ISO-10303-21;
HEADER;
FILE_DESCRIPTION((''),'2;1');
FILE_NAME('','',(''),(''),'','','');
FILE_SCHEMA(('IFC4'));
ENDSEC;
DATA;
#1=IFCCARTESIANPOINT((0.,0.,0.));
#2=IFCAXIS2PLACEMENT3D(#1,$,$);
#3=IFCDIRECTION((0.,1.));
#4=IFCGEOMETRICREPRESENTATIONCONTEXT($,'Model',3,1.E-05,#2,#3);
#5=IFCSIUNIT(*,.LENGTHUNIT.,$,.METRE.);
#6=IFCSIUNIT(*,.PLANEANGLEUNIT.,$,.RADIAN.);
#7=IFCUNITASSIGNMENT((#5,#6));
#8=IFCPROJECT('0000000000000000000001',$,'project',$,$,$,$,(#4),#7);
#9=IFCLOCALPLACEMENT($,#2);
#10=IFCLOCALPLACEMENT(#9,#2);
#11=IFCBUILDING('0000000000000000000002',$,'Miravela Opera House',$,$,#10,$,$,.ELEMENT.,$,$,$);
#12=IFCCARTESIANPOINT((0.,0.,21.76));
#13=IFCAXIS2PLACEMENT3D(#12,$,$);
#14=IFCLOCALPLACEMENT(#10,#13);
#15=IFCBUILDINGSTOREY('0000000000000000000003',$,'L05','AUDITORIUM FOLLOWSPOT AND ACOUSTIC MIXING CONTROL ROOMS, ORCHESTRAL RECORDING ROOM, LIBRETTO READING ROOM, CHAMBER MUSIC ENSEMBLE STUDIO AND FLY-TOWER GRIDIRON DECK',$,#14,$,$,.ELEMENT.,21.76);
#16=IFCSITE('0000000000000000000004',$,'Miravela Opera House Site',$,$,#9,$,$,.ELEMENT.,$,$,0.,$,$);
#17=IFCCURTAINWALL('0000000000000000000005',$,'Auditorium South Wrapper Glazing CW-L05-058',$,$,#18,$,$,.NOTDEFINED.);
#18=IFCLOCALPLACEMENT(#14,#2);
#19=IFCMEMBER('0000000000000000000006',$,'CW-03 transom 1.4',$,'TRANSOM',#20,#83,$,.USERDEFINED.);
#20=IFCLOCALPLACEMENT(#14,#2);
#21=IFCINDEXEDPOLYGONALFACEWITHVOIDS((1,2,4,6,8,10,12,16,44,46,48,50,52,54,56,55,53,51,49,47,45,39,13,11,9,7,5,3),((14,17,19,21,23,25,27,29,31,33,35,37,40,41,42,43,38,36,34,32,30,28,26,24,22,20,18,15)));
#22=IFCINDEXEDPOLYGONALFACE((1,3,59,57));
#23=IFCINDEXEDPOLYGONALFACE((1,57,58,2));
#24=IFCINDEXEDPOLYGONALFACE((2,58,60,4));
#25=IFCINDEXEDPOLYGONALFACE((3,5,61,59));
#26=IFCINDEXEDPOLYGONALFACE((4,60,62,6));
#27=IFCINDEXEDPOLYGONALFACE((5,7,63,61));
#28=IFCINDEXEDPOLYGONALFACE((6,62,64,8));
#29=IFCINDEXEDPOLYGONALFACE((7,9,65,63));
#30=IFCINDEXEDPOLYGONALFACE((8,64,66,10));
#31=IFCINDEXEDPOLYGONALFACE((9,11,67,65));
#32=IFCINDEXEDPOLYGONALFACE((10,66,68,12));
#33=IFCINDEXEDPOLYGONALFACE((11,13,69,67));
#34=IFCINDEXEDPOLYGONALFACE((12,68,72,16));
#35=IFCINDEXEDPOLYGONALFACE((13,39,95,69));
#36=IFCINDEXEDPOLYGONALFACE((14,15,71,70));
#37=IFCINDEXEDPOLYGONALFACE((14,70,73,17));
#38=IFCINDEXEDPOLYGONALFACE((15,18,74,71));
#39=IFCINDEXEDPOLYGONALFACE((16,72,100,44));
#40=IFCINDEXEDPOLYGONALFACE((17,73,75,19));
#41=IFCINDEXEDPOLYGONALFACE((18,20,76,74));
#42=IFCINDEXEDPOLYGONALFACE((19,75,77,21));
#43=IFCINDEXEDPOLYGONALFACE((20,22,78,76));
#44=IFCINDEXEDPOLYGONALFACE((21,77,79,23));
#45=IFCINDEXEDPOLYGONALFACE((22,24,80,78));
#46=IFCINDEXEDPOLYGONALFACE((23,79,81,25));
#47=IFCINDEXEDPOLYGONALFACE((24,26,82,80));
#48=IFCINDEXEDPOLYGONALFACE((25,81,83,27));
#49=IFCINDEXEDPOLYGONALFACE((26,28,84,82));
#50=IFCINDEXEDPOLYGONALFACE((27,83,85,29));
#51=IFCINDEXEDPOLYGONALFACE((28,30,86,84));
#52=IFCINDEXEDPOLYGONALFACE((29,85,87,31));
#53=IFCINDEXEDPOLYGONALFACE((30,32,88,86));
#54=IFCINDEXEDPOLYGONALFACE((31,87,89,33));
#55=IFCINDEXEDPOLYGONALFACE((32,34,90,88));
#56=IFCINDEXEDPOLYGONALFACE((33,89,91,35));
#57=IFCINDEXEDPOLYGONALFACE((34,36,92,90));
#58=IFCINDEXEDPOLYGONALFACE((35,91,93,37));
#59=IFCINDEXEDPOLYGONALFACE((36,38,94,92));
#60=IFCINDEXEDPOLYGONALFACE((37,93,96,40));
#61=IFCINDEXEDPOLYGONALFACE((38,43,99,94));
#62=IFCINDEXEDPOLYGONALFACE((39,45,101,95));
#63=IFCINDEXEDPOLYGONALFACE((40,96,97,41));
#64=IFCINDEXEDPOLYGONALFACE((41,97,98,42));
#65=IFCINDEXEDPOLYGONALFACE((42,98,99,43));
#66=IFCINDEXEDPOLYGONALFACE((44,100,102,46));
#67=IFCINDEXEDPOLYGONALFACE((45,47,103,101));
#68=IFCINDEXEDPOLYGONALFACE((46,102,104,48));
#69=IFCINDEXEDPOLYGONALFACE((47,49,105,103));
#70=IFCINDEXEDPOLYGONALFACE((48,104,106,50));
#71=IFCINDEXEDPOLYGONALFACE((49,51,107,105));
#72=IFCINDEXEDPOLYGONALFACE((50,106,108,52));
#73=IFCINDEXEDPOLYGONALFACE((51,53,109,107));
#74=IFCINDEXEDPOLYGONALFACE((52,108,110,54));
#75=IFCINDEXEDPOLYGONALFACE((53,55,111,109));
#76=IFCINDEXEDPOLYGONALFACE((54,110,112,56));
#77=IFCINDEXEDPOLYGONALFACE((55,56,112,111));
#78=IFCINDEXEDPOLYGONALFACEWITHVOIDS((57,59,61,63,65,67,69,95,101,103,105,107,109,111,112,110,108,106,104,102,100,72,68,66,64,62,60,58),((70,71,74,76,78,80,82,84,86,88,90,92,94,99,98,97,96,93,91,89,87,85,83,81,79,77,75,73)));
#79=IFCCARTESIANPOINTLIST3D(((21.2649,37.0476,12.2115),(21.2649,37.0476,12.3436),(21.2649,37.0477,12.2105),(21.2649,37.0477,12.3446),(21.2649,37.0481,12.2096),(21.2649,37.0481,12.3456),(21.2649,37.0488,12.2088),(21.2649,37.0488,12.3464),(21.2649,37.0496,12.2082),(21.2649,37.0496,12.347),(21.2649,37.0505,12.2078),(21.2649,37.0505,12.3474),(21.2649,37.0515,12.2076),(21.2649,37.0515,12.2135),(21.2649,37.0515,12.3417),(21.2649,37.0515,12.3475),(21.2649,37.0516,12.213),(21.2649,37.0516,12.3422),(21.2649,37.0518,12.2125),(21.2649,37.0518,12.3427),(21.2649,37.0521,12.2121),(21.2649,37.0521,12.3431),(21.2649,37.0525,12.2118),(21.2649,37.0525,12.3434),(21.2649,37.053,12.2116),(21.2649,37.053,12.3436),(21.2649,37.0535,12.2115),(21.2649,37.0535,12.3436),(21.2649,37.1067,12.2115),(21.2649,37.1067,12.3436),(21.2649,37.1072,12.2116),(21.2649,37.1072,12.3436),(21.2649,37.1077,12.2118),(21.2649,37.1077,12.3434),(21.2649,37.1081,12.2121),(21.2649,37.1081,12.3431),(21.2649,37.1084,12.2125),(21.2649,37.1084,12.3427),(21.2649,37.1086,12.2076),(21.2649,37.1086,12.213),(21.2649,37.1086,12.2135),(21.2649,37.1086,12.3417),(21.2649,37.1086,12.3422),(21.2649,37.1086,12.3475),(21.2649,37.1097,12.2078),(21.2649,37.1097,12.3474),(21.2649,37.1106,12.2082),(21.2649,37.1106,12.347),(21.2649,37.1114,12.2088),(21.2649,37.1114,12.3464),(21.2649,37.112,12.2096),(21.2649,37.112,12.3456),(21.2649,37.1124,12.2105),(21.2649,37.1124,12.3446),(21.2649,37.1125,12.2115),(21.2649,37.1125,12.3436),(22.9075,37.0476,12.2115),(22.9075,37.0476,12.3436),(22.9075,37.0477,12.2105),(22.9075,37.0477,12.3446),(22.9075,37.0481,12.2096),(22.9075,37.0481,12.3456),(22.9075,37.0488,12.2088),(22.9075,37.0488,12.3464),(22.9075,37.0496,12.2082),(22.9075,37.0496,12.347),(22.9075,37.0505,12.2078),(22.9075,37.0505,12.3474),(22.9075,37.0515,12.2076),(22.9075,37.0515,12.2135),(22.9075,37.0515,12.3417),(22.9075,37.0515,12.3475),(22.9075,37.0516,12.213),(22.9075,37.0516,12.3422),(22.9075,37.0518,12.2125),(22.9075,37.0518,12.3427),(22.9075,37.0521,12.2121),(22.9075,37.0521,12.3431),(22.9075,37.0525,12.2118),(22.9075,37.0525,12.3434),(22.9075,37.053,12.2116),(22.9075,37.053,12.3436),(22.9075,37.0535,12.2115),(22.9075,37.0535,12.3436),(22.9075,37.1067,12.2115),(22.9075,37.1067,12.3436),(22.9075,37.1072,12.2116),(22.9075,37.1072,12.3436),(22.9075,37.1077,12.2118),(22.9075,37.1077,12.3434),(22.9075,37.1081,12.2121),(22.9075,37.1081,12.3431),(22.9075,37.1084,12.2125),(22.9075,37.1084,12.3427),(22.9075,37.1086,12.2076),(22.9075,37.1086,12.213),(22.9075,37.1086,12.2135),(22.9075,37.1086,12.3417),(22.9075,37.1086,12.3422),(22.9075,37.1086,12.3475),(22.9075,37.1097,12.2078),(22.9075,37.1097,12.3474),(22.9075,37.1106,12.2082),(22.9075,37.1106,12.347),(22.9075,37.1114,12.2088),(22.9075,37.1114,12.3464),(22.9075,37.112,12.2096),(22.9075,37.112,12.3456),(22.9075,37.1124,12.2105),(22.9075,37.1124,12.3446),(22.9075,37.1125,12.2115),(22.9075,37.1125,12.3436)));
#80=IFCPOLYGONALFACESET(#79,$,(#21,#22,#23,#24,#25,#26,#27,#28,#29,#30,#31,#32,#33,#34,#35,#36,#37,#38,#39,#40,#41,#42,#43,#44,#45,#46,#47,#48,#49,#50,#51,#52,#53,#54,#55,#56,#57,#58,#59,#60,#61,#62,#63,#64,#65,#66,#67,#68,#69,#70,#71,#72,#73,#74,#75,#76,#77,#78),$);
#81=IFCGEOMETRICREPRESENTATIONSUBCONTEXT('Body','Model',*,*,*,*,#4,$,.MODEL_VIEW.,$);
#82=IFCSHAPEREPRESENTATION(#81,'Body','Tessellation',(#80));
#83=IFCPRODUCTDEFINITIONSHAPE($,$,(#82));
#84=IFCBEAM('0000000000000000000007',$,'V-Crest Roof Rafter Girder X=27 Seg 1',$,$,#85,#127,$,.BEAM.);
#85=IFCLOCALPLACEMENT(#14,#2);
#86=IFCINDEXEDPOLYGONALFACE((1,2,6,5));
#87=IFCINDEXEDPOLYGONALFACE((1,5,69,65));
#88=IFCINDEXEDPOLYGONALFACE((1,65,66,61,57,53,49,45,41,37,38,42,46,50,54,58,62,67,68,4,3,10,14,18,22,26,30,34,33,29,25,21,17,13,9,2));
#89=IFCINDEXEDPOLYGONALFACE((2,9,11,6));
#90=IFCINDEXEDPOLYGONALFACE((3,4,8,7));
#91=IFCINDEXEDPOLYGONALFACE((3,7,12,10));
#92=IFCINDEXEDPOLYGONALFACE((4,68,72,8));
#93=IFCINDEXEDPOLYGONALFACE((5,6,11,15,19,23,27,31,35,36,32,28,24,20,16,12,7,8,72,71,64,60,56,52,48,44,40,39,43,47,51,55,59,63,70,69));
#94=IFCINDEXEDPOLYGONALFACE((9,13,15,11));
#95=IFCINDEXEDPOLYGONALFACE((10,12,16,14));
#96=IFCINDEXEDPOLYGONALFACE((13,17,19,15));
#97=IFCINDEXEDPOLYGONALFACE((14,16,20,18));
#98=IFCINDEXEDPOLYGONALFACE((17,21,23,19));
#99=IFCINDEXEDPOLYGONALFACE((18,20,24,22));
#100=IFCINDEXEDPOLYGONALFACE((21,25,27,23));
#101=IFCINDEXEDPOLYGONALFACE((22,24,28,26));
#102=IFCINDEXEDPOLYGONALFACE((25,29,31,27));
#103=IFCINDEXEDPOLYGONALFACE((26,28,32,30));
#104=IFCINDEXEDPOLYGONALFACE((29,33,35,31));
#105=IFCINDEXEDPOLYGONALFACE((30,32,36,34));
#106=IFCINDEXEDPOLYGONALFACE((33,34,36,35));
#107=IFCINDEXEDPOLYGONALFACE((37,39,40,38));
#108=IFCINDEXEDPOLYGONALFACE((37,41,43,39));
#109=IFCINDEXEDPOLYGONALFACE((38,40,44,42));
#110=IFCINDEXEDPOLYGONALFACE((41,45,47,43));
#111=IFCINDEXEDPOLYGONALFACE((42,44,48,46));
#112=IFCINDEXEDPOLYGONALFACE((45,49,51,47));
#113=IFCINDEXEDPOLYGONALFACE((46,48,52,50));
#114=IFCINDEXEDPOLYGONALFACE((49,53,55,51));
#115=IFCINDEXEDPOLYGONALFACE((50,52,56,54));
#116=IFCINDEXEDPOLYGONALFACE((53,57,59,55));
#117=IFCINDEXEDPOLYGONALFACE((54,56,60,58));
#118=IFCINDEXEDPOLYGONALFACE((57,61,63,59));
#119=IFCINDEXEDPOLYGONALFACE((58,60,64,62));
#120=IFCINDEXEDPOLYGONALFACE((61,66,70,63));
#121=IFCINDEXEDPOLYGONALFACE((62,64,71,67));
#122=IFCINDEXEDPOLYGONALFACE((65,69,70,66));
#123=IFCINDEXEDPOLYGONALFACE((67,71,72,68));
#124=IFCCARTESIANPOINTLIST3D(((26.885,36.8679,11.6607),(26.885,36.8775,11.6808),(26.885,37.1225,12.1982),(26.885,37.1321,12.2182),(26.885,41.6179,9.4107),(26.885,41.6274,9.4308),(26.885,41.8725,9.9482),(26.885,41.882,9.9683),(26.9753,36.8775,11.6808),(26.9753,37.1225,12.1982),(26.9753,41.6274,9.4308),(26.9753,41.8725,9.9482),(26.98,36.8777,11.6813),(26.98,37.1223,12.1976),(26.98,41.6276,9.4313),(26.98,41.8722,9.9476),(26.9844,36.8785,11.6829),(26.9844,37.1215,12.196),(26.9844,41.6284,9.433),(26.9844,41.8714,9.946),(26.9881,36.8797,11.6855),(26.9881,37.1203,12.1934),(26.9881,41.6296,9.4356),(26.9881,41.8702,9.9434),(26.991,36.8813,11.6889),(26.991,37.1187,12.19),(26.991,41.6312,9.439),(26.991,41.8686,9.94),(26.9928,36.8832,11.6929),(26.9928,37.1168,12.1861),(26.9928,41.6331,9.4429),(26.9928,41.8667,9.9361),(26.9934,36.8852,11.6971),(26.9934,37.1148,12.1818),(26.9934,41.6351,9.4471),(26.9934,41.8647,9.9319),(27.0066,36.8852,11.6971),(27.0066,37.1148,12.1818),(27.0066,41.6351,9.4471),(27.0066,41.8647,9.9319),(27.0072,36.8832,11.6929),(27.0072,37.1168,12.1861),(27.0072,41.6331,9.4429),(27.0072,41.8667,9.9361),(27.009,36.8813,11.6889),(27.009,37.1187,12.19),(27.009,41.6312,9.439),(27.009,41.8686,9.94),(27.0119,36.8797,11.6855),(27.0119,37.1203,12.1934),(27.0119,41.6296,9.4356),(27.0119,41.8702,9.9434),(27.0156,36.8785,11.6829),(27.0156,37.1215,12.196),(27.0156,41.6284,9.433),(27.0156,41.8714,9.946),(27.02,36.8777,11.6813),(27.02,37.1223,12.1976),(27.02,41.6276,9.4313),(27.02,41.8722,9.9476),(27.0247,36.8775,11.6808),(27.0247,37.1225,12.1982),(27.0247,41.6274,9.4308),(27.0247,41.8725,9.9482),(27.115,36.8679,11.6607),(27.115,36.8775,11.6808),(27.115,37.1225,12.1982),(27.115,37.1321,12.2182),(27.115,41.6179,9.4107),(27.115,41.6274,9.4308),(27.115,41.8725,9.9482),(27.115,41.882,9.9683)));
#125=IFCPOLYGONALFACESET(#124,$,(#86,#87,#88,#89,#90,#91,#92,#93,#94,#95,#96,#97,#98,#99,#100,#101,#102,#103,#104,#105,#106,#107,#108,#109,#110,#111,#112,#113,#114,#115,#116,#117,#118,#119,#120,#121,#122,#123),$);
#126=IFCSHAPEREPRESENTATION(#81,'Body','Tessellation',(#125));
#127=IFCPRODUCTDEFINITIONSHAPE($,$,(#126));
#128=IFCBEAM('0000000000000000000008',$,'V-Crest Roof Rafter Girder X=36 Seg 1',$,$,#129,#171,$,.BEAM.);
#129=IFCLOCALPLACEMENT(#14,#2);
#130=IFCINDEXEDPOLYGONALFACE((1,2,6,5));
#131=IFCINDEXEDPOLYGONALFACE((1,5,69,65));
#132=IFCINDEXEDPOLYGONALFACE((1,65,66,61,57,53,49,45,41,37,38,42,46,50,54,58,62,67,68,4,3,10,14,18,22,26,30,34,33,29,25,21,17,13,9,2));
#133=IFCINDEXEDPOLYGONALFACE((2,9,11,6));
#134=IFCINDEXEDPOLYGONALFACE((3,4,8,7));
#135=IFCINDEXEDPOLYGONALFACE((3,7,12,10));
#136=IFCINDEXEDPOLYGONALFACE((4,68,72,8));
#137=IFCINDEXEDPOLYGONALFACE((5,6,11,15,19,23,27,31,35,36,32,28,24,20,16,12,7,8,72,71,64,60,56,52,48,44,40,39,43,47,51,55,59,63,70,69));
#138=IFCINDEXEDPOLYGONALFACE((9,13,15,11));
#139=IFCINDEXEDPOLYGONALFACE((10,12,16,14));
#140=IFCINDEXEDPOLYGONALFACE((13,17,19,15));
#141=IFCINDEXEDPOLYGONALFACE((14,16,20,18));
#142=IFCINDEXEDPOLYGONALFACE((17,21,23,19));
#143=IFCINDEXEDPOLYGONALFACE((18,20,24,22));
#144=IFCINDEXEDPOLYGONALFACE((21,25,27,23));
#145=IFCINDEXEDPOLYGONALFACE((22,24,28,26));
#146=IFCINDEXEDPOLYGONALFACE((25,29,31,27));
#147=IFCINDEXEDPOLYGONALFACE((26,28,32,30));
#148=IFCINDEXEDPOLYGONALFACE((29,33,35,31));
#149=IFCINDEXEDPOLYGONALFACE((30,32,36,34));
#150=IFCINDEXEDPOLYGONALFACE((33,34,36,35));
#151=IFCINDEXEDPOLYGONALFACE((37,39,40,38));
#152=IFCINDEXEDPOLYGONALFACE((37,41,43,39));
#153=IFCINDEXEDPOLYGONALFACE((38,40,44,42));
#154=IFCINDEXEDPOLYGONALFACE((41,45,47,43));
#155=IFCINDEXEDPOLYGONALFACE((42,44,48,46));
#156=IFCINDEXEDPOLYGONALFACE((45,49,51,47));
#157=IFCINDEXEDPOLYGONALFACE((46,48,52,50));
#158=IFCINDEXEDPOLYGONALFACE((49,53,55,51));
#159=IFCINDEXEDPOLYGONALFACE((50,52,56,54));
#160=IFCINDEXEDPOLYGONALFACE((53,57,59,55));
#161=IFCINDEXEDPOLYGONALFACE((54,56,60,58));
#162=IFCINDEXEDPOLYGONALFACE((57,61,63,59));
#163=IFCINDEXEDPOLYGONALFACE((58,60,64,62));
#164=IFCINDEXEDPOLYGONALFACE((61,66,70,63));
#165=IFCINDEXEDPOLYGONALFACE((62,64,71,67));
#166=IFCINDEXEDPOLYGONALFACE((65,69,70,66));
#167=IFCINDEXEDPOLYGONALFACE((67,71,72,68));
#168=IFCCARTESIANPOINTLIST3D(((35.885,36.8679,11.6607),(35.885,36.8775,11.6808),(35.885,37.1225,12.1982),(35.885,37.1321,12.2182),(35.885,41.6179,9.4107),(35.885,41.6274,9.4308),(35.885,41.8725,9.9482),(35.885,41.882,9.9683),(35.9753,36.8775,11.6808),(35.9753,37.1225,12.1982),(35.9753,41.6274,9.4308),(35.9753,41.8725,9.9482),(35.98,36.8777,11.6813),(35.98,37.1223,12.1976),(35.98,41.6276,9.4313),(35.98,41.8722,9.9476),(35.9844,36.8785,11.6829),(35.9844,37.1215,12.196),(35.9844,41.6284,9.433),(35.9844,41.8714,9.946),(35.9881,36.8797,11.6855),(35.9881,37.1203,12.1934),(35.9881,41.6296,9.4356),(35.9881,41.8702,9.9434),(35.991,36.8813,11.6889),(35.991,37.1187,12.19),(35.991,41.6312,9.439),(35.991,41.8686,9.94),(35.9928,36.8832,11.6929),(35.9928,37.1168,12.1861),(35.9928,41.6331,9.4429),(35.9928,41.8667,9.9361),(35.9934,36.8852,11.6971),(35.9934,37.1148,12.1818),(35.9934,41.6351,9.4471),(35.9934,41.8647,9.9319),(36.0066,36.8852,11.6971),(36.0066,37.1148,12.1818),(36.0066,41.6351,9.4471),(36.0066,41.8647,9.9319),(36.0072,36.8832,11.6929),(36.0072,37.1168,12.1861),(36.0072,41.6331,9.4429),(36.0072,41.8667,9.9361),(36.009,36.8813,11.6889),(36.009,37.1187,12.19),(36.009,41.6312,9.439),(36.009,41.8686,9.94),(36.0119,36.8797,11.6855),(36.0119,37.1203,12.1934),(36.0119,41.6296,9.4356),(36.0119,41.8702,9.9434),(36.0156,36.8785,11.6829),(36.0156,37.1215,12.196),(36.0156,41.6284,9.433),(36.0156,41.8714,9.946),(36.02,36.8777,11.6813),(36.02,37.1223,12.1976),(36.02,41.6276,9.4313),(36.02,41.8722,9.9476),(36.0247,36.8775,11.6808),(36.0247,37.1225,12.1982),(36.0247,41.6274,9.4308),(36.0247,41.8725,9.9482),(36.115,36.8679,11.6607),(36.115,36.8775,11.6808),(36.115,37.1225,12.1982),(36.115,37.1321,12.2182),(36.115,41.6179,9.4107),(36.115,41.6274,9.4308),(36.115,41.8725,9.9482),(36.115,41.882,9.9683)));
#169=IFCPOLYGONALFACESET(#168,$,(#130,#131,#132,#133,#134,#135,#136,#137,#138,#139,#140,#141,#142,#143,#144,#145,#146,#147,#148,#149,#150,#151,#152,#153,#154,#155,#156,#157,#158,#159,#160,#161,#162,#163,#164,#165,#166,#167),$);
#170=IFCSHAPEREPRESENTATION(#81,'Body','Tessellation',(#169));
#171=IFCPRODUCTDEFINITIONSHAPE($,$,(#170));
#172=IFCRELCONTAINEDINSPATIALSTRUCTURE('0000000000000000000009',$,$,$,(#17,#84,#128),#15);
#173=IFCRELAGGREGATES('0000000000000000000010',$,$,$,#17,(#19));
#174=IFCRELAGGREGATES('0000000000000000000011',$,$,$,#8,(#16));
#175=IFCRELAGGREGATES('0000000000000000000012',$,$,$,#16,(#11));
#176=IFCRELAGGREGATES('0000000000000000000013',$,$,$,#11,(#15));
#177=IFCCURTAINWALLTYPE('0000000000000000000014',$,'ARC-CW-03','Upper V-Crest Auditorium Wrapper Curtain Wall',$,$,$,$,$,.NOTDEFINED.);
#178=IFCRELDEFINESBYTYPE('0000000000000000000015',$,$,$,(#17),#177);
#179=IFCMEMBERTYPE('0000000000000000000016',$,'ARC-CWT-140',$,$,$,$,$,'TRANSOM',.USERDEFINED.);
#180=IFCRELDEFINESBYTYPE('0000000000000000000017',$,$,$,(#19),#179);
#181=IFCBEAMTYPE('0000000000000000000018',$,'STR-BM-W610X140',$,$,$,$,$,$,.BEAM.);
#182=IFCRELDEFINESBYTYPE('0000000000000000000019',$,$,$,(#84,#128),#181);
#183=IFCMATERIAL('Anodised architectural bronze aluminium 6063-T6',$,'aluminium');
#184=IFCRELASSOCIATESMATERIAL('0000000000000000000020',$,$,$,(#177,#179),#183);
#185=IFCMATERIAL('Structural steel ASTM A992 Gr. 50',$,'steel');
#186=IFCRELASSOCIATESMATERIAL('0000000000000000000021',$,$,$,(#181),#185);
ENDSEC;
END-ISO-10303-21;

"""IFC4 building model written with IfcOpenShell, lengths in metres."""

from ifc_helpers import new_model, si_unit, direction, frame, origin, origin_2d, place, context, subcontext, project, spatial, hollow_rectangle, i_section, extrude, material, material_profile, profile_set, type_object, element, aggregate, save


model = new_model("IFC4")

# Units and contexts
model_context = context("Model", 3, precision=1e-05, world=origin(), true_north=direction((0.0, 1.0)))
body_context = subcontext(model_context, "Body", "Model", "MODEL_VIEW")
ifc_project = project(units=[si_unit("LENGTHUNIT", "METRE"), si_unit("PLANEANGLEUNIT", "RADIAN")], contexts=[model_context])

# Site, building, storey
site_placement = place(None, origin())
site = spatial("IfcSite", under=ifc_project, at=site_placement, Name="Miravela Opera House Site", CompositionType="ELEMENT", RefElevation=0.0)
building_placement = place(site_placement, origin())
building = spatial("IfcBuilding", under=site, at=building_placement, Name="Miravela Opera House", CompositionType="ELEMENT")
storey_placement = place(building_placement, frame((0.0, 0.0, 21.76)))
storey = spatial("IfcBuildingStorey", under=building, at=storey_placement, Name="L05", Description="AUDITORIUM FOLLOWSPOT AND ACOUSTIC MIXING CONTROL ROOMS, ORCHESTRAL RECORDING ROOM, LIBRETTO READING ROOM, CHAMBER MUSIC ENSEMBLE STUDIO AND FLY-TOWER GRIDIRON DECK", CompositionType="ELEMENT", Elevation=21.76)

# Shared definitions
ifc_material_1 = material(Name="Anodised architectural bronze aluminium 6063-T6", Category="aluminium")
curtain_wall_type = type_object("IfcCurtainWallType", Name="ARC-CW-03", Description="Upper V-Crest Auditorium Wrapper Curtain Wall", PredefinedType="NOTDEFINED", material=ifc_material_1)

# Curtain wall
curtain_wall_1_placement = place(storey_placement, origin())
curtain_wall_1 = element("IfcCurtainWall", 1, at=curtain_wall_1_placement, inside=storey, type_object=curtain_wall_type, Name="Auditorium South Wrapper Glazing CW-L05-058", PredefinedType="NOTDEFINED")

# Member
ifc_material_profile_1 = material_profile(ifc_material_1, hollow_rectangle(XDim=0.0649, YDim=0.1399, WallThickness=0.0039, InnerFilletRadius=0.002, OuterFilletRadius=0.0039, at=origin_2d()), Name="CWT-65X140")
ifc_profile_set_1 = profile_set([ifc_material_profile_1])
member_type_1 = type_object("IfcMemberType", Name="ARC-CWT-140", ElementType="TRANSOM", PredefinedType="USERDEFINED", material=ifc_profile_set_1)
member_1_placement = place(storey_placement, frame((21.2649, 37.0801, 12.2776), z_axis=(1.0, 0.0, 0.0), x_axis=(0.0, 1.0, 0.0)))
member_1 = element("IfcMember", 2, at=member_1_placement, type_object=member_type_1, Name="CW-03 transom 1.4", ObjectType="TRANSOM", PredefinedType="USERDEFINED", context=body_context, shape_type="SweptSolid", body=[
    extrude(hollow_rectangle(XDim=0.0649, YDim=0.1399, WallThickness=0.0039, InnerFilletRadius=0.002, OuterFilletRadius=0.0039, at=origin_2d()), origin(), (0.0, 0.0, 1.0), 1.6426),
])
aggregate(curtain_wall_1, [member_1])

# Beams
ifc_material_2 = material(Name="Structural steel ASTM A992 Gr. 50", Category="steel")
ifc_material_profile_2 = material_profile(ifc_material_2, i_section(OverallWidth=0.23, OverallDepth=0.6169, WebThickness=0.0132, FlangeThickness=0.0222, FilletRadius=0.0181, at=origin_2d()), Name="W610X140")
ifc_profile_set_2 = profile_set([ifc_material_profile_2])
beam_type = type_object("IfcBeamType", Name="STR-BM-W610X140", PredefinedType="BEAM", material=ifc_profile_set_2)
for number, where, z_axis, x_axis, name in (
    (3, (27.0, 37.0, 11.9395), (0.0, 0.903738, -0.428086), (-1.0, 0.0, 0.0), "V-Crest Roof Rafter Girder X=27 Seg 1"),
    (4, (36.0, 37.0, 11.9395), (0.0, 0.903738, -0.428086), (-1.0, 0.0, 0.0), "V-Crest Roof Rafter Girder X=36 Seg 1"),
):
    element("IfcBeam", number, at=place(storey_placement, frame(where, z_axis=z_axis, x_axis=x_axis)), inside=storey, type_object=beam_type, Name=name, PredefinedType="BEAM", context=body_context, shape_type="SweptSolid", body=[
        extrude(i_section(OverallWidth=0.23, OverallDepth=0.6169, WebThickness=0.0132, FlangeThickness=0.0222, FilletRadius=0.0181, at=origin_2d()), origin(), (0.0, 0.0, 1.0), 5.2559),
    ])

save(model, "model.ifc")
